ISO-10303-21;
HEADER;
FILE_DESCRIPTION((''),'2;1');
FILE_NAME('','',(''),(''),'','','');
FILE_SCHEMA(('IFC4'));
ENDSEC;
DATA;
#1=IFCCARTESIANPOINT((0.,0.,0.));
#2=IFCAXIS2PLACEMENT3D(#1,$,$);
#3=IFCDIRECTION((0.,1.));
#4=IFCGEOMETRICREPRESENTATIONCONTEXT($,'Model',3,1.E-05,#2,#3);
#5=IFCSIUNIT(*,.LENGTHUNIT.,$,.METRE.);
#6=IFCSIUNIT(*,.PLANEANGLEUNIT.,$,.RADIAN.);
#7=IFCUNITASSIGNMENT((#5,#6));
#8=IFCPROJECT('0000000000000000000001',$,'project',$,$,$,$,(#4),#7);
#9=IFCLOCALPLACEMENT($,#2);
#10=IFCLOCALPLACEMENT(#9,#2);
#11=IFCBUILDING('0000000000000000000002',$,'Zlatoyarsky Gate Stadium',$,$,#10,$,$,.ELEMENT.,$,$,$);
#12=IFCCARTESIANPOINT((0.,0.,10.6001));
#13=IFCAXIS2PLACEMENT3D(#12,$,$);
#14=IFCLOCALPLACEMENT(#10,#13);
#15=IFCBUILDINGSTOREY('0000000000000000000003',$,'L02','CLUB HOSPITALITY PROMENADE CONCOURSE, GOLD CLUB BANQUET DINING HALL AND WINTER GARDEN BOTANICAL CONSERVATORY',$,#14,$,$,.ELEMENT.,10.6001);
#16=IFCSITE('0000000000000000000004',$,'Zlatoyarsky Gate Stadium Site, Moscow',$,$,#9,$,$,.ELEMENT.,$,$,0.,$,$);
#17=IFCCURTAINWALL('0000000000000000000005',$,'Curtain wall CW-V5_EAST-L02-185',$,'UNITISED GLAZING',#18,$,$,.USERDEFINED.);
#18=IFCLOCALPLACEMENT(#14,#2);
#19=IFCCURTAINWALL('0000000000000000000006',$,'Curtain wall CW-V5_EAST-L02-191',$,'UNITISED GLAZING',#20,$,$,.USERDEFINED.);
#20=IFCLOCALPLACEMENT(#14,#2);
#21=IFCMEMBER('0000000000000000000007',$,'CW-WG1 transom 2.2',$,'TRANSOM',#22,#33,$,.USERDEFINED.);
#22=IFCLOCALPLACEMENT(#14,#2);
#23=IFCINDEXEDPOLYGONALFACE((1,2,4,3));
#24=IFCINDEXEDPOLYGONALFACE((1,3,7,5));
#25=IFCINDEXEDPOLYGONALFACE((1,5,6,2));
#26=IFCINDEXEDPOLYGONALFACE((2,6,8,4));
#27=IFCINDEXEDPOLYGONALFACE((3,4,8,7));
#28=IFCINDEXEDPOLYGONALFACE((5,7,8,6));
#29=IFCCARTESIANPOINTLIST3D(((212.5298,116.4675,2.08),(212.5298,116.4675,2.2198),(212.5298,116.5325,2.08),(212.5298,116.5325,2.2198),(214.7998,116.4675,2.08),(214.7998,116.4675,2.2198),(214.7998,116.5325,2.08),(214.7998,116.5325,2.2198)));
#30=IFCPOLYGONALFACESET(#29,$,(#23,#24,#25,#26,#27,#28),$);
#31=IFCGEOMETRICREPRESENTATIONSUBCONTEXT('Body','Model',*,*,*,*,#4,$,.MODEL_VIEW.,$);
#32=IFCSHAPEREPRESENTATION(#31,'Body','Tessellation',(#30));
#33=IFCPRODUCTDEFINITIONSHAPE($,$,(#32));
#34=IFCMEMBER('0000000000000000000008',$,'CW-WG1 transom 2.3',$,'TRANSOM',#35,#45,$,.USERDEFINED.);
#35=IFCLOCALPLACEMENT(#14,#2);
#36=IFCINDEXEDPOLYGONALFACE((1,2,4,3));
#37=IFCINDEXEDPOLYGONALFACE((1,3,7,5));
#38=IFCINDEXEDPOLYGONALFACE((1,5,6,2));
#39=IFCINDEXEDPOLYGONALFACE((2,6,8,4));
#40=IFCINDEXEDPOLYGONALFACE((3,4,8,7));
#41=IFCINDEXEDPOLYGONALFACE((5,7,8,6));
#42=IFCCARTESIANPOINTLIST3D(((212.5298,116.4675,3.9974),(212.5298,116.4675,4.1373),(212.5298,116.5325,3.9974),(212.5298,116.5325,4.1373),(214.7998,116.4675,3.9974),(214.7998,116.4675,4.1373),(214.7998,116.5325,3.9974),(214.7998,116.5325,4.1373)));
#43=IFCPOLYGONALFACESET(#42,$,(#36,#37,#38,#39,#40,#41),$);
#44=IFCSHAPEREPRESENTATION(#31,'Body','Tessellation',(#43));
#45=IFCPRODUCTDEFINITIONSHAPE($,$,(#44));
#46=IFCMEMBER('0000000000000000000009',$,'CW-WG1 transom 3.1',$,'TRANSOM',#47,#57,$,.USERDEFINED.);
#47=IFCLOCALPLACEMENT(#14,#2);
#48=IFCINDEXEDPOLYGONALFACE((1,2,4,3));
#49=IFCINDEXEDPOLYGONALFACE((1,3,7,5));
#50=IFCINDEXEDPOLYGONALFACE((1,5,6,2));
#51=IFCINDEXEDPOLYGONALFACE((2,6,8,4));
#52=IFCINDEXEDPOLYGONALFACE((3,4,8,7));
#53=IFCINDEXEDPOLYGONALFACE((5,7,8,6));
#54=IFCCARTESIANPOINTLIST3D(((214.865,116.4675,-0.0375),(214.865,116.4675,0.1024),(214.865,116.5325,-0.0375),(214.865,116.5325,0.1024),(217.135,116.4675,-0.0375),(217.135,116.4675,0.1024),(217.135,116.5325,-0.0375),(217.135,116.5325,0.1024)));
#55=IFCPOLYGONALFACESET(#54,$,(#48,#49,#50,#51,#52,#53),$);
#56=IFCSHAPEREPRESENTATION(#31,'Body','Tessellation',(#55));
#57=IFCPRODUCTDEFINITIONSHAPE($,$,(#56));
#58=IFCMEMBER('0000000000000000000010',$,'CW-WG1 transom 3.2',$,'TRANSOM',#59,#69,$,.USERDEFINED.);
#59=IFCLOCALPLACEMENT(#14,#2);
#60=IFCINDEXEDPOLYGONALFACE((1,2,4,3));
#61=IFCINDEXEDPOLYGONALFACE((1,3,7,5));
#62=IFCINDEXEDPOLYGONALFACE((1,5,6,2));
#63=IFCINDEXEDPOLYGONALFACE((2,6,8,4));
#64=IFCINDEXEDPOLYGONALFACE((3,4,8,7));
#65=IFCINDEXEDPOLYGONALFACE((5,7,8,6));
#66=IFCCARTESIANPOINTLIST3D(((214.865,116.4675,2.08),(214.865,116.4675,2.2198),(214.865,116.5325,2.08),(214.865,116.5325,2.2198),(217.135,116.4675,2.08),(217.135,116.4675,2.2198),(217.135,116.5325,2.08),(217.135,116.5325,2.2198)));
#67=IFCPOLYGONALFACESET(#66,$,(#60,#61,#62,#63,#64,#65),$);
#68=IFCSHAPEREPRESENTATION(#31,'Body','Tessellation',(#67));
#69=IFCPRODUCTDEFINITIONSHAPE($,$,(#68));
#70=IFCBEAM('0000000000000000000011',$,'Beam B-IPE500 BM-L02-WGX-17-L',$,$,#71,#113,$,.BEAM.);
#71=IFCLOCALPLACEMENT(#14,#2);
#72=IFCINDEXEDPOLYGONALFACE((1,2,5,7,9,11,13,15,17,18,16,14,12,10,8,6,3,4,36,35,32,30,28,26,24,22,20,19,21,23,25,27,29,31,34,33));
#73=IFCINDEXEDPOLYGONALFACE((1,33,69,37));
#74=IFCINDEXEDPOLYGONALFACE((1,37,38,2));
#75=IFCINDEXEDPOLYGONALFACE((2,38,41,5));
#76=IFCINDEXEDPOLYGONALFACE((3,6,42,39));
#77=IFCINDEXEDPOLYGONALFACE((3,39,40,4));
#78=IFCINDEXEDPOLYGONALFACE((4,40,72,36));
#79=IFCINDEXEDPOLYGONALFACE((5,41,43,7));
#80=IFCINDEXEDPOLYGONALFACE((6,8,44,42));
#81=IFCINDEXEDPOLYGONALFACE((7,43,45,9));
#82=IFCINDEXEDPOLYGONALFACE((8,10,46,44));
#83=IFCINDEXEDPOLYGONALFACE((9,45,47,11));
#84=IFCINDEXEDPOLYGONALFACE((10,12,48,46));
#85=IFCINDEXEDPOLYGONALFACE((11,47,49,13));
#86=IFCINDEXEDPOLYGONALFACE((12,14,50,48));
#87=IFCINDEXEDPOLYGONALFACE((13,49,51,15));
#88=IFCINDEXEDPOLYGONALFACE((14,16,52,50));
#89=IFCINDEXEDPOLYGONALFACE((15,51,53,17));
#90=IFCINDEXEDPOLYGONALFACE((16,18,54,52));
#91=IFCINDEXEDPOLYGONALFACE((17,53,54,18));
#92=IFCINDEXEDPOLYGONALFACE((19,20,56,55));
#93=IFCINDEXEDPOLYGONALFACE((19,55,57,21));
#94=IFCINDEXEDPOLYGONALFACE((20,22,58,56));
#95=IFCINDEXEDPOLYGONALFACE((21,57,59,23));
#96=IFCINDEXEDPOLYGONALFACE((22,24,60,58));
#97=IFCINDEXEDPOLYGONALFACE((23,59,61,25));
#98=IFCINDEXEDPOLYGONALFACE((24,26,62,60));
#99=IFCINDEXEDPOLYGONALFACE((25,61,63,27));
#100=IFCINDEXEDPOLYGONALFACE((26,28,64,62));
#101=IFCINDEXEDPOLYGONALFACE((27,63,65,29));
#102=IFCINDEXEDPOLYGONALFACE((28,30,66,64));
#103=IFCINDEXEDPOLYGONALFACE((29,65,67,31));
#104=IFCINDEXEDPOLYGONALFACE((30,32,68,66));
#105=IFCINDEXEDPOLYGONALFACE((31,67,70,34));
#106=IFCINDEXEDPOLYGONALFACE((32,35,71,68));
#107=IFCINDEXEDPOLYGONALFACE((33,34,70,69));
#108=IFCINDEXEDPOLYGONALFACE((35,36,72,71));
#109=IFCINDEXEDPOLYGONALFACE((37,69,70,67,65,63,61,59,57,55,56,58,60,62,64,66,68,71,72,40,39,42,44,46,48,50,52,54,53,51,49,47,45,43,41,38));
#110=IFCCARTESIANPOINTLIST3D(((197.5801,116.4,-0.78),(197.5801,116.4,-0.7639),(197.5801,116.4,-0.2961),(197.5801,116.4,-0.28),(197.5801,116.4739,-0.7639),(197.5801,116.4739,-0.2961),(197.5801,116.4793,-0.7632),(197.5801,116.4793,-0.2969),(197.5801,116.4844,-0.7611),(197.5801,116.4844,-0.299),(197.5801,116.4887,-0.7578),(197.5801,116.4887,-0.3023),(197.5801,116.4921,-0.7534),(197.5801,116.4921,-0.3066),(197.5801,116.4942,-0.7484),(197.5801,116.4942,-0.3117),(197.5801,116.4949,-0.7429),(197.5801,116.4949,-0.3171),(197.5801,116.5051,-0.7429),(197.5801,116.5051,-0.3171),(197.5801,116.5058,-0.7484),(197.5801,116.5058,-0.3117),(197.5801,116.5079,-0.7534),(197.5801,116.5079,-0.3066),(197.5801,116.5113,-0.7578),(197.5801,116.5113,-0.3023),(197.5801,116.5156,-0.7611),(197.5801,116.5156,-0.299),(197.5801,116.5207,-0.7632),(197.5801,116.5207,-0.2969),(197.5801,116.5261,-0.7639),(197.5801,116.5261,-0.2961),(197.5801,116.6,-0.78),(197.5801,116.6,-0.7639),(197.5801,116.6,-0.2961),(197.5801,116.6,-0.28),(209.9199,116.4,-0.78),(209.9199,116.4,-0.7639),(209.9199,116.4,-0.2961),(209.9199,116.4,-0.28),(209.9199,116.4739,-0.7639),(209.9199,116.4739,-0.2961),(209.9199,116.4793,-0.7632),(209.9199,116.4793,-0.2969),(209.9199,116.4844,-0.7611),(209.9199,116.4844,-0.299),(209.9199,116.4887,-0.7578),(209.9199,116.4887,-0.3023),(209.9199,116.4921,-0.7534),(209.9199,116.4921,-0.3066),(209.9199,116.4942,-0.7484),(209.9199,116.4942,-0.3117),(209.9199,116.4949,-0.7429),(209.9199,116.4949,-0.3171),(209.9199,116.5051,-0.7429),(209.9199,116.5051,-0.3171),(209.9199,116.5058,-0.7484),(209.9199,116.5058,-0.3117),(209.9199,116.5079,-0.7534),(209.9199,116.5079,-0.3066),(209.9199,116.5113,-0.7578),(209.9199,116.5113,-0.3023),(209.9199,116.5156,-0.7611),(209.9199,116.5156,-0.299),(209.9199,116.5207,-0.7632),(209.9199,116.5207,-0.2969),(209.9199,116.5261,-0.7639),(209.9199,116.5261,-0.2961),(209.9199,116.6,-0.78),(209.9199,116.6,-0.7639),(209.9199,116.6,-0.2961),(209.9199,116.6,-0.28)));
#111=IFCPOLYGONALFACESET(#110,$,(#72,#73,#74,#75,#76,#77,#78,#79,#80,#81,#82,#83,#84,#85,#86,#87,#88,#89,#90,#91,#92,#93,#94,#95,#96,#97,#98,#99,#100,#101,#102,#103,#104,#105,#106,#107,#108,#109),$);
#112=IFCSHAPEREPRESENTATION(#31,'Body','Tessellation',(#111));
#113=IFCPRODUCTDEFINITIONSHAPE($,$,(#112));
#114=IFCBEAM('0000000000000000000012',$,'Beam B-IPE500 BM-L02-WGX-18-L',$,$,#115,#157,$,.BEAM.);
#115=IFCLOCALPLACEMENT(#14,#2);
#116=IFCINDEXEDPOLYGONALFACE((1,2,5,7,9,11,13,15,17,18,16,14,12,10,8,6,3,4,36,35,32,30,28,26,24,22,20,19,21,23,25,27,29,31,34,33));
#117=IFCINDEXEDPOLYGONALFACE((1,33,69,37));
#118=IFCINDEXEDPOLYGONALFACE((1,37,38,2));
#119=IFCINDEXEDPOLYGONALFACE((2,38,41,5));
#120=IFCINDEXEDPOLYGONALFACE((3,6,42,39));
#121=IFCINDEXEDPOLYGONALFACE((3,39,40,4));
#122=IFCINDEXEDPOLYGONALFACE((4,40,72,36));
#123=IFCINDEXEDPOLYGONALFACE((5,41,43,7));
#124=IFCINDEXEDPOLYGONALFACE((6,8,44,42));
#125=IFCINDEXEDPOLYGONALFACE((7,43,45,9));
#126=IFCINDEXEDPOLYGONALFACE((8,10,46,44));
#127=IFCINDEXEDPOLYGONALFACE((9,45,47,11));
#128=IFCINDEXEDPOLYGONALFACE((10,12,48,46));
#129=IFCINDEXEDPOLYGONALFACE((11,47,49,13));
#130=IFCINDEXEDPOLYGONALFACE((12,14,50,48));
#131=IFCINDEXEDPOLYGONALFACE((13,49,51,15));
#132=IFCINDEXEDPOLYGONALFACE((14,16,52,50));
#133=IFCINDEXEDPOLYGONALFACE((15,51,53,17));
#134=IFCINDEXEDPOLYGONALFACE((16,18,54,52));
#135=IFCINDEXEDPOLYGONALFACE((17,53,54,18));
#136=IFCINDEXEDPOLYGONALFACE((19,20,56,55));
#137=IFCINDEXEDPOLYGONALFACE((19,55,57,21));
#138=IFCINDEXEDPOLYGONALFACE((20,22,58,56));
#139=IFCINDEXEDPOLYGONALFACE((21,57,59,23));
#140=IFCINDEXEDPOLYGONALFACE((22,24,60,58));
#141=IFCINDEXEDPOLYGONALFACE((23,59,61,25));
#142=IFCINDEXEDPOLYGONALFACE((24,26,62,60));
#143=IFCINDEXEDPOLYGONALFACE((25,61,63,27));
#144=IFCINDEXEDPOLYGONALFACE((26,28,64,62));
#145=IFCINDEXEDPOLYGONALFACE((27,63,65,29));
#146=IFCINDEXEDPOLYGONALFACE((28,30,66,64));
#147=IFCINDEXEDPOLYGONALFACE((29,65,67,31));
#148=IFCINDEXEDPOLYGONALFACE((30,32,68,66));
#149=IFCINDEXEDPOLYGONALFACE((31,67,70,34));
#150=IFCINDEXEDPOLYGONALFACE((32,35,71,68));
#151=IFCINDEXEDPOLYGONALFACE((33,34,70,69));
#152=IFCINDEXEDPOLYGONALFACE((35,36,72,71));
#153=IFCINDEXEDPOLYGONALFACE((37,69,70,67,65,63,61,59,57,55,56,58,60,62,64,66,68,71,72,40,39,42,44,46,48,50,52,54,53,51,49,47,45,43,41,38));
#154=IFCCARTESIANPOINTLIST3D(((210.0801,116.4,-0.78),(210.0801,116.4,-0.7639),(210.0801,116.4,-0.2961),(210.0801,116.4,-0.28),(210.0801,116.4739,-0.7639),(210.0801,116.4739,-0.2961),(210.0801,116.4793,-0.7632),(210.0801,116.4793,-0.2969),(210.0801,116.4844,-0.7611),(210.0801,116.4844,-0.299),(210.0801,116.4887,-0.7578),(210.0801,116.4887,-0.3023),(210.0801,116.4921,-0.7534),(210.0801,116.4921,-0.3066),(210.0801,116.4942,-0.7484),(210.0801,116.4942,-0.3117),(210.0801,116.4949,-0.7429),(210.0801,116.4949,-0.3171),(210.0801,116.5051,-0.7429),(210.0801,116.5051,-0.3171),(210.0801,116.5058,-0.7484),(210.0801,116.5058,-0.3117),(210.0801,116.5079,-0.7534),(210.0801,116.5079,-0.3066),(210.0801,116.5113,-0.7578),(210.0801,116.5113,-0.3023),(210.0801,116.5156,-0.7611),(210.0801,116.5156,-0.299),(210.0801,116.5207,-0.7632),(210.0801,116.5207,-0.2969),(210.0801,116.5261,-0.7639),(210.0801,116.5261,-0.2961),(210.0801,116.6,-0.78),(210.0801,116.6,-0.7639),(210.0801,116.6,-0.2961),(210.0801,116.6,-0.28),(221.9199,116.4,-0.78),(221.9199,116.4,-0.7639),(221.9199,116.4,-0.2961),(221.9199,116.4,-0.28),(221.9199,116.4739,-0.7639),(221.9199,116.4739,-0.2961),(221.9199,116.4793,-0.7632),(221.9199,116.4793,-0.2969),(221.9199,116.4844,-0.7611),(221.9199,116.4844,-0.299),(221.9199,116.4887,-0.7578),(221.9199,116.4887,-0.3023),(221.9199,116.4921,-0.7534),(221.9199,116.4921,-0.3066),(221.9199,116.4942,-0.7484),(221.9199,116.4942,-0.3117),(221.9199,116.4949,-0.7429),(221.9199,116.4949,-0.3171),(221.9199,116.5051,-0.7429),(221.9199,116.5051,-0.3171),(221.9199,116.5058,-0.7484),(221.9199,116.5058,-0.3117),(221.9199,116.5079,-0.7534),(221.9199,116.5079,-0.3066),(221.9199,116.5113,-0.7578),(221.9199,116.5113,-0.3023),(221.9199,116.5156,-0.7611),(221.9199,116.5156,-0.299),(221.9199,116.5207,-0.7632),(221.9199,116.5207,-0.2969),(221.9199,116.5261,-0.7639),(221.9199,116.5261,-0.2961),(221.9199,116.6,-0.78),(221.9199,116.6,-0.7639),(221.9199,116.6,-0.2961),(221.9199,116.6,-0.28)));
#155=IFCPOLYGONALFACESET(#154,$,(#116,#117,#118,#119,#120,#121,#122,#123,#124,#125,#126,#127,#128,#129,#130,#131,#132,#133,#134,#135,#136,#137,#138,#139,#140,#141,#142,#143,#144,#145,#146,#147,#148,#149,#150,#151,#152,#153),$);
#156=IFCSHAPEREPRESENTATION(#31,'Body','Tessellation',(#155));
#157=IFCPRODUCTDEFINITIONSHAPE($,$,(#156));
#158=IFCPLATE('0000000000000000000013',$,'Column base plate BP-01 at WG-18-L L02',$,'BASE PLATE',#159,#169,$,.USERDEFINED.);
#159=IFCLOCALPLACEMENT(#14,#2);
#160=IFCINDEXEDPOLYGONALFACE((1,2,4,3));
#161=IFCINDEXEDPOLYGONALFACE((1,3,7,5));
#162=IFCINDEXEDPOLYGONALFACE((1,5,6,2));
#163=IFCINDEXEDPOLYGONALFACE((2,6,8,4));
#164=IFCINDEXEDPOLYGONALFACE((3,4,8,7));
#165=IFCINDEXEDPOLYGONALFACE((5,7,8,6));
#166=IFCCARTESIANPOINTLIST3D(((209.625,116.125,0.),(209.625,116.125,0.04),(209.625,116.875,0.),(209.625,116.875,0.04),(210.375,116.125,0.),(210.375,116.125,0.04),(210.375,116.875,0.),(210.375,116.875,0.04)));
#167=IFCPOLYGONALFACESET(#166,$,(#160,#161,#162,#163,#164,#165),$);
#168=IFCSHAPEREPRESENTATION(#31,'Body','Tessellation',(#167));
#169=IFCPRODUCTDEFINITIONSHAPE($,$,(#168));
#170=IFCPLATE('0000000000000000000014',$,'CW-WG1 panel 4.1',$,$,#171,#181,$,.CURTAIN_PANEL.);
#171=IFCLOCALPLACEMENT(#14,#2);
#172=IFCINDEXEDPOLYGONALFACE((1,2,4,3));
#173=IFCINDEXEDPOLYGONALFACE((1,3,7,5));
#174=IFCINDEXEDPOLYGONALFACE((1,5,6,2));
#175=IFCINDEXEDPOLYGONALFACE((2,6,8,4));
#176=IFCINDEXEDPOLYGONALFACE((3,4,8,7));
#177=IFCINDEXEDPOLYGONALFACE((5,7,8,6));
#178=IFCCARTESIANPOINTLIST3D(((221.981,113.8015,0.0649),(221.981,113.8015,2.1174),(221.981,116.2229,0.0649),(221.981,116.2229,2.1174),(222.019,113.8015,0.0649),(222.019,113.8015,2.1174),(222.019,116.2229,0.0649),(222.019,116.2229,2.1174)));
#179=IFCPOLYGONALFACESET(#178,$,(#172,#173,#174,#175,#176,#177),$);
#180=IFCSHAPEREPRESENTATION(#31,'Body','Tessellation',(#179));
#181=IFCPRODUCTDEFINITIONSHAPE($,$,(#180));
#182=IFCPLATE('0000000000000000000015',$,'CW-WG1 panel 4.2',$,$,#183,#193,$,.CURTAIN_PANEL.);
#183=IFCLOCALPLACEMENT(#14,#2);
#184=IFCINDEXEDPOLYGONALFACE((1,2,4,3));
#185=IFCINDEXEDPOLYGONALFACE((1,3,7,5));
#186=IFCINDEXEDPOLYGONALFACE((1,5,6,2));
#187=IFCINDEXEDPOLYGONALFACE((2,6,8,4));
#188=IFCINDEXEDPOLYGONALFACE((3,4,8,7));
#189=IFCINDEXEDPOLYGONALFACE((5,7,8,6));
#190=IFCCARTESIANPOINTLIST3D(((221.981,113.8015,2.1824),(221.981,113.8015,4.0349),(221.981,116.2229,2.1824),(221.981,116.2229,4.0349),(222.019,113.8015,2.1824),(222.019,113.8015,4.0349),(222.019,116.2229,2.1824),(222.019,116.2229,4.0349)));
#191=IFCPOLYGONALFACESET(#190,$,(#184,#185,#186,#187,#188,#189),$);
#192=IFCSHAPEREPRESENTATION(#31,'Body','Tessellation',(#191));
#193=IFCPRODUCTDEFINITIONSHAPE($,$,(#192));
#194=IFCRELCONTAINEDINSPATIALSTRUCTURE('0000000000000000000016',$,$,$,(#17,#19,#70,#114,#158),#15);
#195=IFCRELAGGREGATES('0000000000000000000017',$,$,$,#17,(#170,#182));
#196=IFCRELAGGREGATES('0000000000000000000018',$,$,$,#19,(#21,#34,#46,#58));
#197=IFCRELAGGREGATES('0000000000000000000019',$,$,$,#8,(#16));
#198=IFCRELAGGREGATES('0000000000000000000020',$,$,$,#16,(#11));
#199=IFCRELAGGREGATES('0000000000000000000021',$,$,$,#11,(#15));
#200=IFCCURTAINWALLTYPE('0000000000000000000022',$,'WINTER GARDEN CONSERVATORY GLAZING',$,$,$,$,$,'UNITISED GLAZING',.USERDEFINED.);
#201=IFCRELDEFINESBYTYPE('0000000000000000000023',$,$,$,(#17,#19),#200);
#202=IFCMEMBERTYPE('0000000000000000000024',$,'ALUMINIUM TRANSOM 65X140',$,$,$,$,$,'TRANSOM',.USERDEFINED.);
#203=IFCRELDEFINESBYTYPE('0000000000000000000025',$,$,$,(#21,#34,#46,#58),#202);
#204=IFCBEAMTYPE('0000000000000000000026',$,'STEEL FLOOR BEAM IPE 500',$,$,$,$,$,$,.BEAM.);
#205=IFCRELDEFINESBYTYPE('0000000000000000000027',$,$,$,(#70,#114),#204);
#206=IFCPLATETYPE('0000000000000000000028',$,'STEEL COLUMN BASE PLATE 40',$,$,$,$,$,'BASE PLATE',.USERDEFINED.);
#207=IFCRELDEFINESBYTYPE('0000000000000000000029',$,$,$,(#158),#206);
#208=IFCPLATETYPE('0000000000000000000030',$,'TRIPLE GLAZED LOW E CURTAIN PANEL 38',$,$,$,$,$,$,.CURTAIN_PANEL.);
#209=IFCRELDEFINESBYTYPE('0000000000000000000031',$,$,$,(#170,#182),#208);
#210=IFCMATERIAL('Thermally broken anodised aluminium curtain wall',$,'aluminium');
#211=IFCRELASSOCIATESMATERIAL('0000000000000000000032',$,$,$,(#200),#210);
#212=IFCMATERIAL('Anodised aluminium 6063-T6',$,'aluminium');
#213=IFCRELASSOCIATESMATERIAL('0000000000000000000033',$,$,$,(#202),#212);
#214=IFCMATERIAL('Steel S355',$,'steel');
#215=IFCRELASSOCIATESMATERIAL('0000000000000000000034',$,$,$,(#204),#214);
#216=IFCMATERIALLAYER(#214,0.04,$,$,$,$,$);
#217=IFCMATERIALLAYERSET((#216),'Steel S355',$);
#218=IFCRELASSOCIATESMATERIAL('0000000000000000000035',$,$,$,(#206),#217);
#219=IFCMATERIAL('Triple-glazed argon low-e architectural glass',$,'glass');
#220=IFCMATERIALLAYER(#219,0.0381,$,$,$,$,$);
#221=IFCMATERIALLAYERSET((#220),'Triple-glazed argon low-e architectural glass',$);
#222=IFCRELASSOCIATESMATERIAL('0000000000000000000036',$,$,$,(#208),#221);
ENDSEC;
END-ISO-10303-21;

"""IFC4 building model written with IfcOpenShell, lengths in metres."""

from ifc_helpers import new_model, si_unit, direction, frame, origin, origin_2d, place, context, subcontext, project, spatial, rectangle, i_section, extrude, material, layer, layer_set, material_profile, profile_set, type_object, element, aggregate, save


model = new_model("IFC4")

# Units and contexts
model_context = context("Model", 3, precision=1e-05, world=origin(), true_north=direction((0.0, 1.0)))
body_context = subcontext(model_context, "Body", "Model", "MODEL_VIEW")
ifc_project = project(units=[si_unit("LENGTHUNIT", "METRE"), si_unit("PLANEANGLEUNIT", "RADIAN")], contexts=[model_context])

# Site, building, storey
site_placement = place(None, origin())
site = spatial("IfcSite", under=ifc_project, at=site_placement, Name="Zlatoyarsky Gate Stadium Site, Moscow", CompositionType="ELEMENT", RefElevation=0.0)
building_placement = place(site_placement, origin())
building = spatial("IfcBuilding", under=site, at=building_placement, Name="Zlatoyarsky Gate Stadium", CompositionType="ELEMENT")
storey_placement = place(building_placement, frame((0.0, 0.0, 10.6001)))
storey = spatial("IfcBuildingStorey", under=building, at=storey_placement, Name="L02", Description="CLUB HOSPITALITY PROMENADE CONCOURSE, GOLD CLUB BANQUET DINING HALL AND WINTER GARDEN BOTANICAL CONSERVATORY", CompositionType="ELEMENT", Elevation=10.6001)

# Shared definitions
ifc_material_1 = material(Name="Steel S355", Category="steel")

# Curtain wall
ifc_material_2 = material(Name="Thermally broken anodised aluminium curtain wall", Category="aluminium")
curtain_wall_type = type_object("IfcCurtainWallType", Name="WINTER GARDEN CONSERVATORY GLAZING", ElementType="UNITISED GLAZING", PredefinedType="USERDEFINED", material=ifc_material_2)
curtain_wall_1_placement = place(storey_placement, origin())
curtain_wall_1 = element("IfcCurtainWall", 1, at=curtain_wall_1_placement, inside=storey, type_object=curtain_wall_type, Name="Curtain wall CW-V5_EAST-L02-185", ObjectType="UNITISED GLAZING", PredefinedType="USERDEFINED")
ifc_material_3 = material(Name="Anodised aluminium 6063-T6", Category="aluminium")

# Curtain wall
curtain_wall_2_placement = place(storey_placement, origin())
curtain_wall_2 = element("IfcCurtainWall", 2, at=curtain_wall_2_placement, inside=storey, type_object=curtain_wall_type, Name="Curtain wall CW-V5_EAST-L02-191", ObjectType="UNITISED GLAZING", PredefinedType="USERDEFINED")

# Members
ifc_material_profile_1 = material_profile(ifc_material_3, rectangle(XDim=0.0649, YDim=0.1399, at=origin_2d()), Name="ALU 65X140")
ifc_profile_set_1 = profile_set([ifc_material_profile_1], Name="Anodised aluminium 6063-T6")
member_type_1 = type_object("IfcMemberType", Name="ALUMINIUM TRANSOM 65X140", ElementType="TRANSOM", PredefinedType="USERDEFINED", material=ifc_profile_set_1)
member_1_placement = place(storey_placement, frame((212.5298, 116.5, 2.1499), z_axis=(1.0, 0.0, 0.0), x_axis=(0.0, 1.0, 0.0)))
member_1 = element("IfcMember", 3, at=member_1_placement, type_object=member_type_1, Name="CW-WG1 transom 2.2", ObjectType="TRANSOM", PredefinedType="USERDEFINED", context=body_context, shape_type="SweptSolid", body=[
    extrude(rectangle(XDim=0.0649, YDim=0.1399, at=origin_2d()), origin(), (0.0, 0.0, 1.0), 2.27),
])
member_2_placement = place(storey_placement, frame((212.5298, 116.5, 4.0674), z_axis=(1.0, 0.0, 0.0), x_axis=(0.0, 1.0, 0.0)))
member_2 = element("IfcMember", 4, at=member_2_placement, type_object=member_type_1, Name="CW-WG1 transom 2.3", ObjectType="TRANSOM", PredefinedType="USERDEFINED", context=body_context, shape_type="SweptSolid", body=[
    extrude(rectangle(XDim=0.0649, YDim=0.1399, at=origin_2d()), origin(), (0.0, 0.0, 1.0), 2.27),
])
member_3_placement = place(storey_placement, frame((214.865, 116.5, 0.0325), z_axis=(1.0, 0.0, 0.0), x_axis=(0.0, 1.0, 0.0)))
member_3 = element("IfcMember", 5, at=member_3_placement, type_object=member_type_1, Name="CW-WG1 transom 3.1", ObjectType="TRANSOM", PredefinedType="USERDEFINED", context=body_context, shape_type="SweptSolid", body=[
    extrude(rectangle(XDim=0.0649, YDim=0.1399, at=origin_2d()), origin(), (0.0, 0.0, 1.0), 2.27),
])
member_4_placement = place(storey_placement, frame((214.865, 116.5, 2.1499), z_axis=(1.0, 0.0, 0.0), x_axis=(0.0, 1.0, 0.0)))
member_4 = element("IfcMember", 6, at=member_4_placement, type_object=member_type_1, Name="CW-WG1 transom 3.2", ObjectType="TRANSOM", PredefinedType="USERDEFINED", context=body_context, shape_type="SweptSolid", body=[
    extrude(rectangle(XDim=0.0649, YDim=0.1399, at=origin_2d()), origin(), (0.0, 0.0, 1.0), 2.27),
])

# Beams
ifc_material_profile_2 = material_profile(ifc_material_1, i_section(OverallWidth=0.2, OverallDepth=0.5, WebThickness=0.0103, FlangeThickness=0.0161, FilletRadius=0.021, at=origin_2d()), Name="IPE 500")
ifc_profile_set_2 = profile_set([ifc_material_profile_2], Name="Steel S355")
beam_type = type_object("IfcBeamType", Name="STEEL FLOOR BEAM IPE 500", PredefinedType="BEAM", material=ifc_profile_set_2)
beam_1_placement = place(storey_placement, frame((197.5801, 116.5, -0.53), z_axis=(1.0, 0.0, 0.0), x_axis=(0.0, 1.0, 0.0)))
element("IfcBeam", 7, at=beam_1_placement, inside=storey, type_object=beam_type, Name="Beam B-IPE500 BM-L02-WGX-17-L", PredefinedType="BEAM", context=body_context, shape_type="SweptSolid", body=[
    extrude(i_section(OverallWidth=0.2, OverallDepth=0.5, WebThickness=0.0103, FlangeThickness=0.0161, FilletRadius=0.021, at=origin_2d()), origin(), (0.0, 0.0, 1.0), 12.3398),
])
beam_2_placement = place(storey_placement, frame((210.0801, 116.5, -0.53), z_axis=(1.0, 0.0, 0.0), x_axis=(0.0, 1.0, 0.0)))
element("IfcBeam", 8, at=beam_2_placement, inside=storey, type_object=beam_type, Name="Beam B-IPE500 BM-L02-WGX-18-L", PredefinedType="BEAM", context=body_context, shape_type="SweptSolid", body=[
    extrude(i_section(OverallWidth=0.2, OverallDepth=0.5, WebThickness=0.0103, FlangeThickness=0.0161, FilletRadius=0.021, at=origin_2d()), origin(), (0.0, 0.0, 1.0), 11.8398),
])

# Plates
ifc_layer_1 = layer(ifc_material_1, 0.04)
ifc_layer_set_1 = layer_set([ifc_layer_1], Name="Steel S355")
plate_type_1 = type_object("IfcPlateType", Name="STEEL COLUMN BASE PLATE 40", ElementType="BASE PLATE", PredefinedType="USERDEFINED", material=ifc_layer_set_1)
plate_1_placement = place(storey_placement, frame((210.0, 116.5, 0.0), z_axis=(0.0, 0.0, 1.0), x_axis=(1.0, 0.0, 0.0)))
element("IfcPlate", 9, at=plate_1_placement, inside=storey, type_object=plate_type_1, Name="Column base plate BP-01 at WG-18-L L02", ObjectType="BASE PLATE", PredefinedType="USERDEFINED", context=body_context, shape_type="SweptSolid", body=[
    extrude(rectangle(XDim=0.75, YDim=0.75, at=origin_2d()), origin(), (0.0, 0.0, 1.0), 0.04),
])
ifc_material_4 = material(Name="Triple-glazed argon low-e architectural glass", Category="glass")
ifc_layer_2 = layer(ifc_material_4, 0.0381)
ifc_layer_set_2 = layer_set([ifc_layer_2], Name="Triple-glazed argon low-e architectural glass")
plate_type_2 = type_object("IfcPlateType", Name="TRIPLE GLAZED LOW E CURTAIN PANEL 38", PredefinedType="CURTAIN_PANEL", material=ifc_layer_set_2)
plate_2_placement = place(storey_placement, frame((222.0, 115.0122, 0.0649), z_axis=(0.0, 0.0, 1.0), x_axis=(0.0, 1.0, 0.0)))
plate_2 = element("IfcPlate", 10, at=plate_2_placement, type_object=plate_type_2, Name="CW-WG1 panel 4.1", PredefinedType="CURTAIN_PANEL", context=body_context, shape_type="SweptSolid", body=[
    extrude(rectangle(XDim=2.4214, YDim=0.0381, at=origin_2d()), origin(), (0.0, 0.0, 1.0), 2.0525),
])
plate_3_placement = place(storey_placement, frame((222.0, 115.0122, 2.1824), z_axis=(0.0, 0.0, 1.0), x_axis=(0.0, 1.0, 0.0)))
plate_3 = element("IfcPlate", 11, at=plate_3_placement, type_object=plate_type_2, Name="CW-WG1 panel 4.2", PredefinedType="CURTAIN_PANEL", context=body_context, shape_type="SweptSolid", body=[
    extrude(rectangle(XDim=2.4214, YDim=0.0381, at=origin_2d()), origin(), (0.0, 0.0, 1.0), 1.8525),
])
aggregate(curtain_wall_1, [plate_2, plate_3])
aggregate(curtain_wall_2, [member_1, member_2, member_3, member_4])

save(model, "model.ifc")
